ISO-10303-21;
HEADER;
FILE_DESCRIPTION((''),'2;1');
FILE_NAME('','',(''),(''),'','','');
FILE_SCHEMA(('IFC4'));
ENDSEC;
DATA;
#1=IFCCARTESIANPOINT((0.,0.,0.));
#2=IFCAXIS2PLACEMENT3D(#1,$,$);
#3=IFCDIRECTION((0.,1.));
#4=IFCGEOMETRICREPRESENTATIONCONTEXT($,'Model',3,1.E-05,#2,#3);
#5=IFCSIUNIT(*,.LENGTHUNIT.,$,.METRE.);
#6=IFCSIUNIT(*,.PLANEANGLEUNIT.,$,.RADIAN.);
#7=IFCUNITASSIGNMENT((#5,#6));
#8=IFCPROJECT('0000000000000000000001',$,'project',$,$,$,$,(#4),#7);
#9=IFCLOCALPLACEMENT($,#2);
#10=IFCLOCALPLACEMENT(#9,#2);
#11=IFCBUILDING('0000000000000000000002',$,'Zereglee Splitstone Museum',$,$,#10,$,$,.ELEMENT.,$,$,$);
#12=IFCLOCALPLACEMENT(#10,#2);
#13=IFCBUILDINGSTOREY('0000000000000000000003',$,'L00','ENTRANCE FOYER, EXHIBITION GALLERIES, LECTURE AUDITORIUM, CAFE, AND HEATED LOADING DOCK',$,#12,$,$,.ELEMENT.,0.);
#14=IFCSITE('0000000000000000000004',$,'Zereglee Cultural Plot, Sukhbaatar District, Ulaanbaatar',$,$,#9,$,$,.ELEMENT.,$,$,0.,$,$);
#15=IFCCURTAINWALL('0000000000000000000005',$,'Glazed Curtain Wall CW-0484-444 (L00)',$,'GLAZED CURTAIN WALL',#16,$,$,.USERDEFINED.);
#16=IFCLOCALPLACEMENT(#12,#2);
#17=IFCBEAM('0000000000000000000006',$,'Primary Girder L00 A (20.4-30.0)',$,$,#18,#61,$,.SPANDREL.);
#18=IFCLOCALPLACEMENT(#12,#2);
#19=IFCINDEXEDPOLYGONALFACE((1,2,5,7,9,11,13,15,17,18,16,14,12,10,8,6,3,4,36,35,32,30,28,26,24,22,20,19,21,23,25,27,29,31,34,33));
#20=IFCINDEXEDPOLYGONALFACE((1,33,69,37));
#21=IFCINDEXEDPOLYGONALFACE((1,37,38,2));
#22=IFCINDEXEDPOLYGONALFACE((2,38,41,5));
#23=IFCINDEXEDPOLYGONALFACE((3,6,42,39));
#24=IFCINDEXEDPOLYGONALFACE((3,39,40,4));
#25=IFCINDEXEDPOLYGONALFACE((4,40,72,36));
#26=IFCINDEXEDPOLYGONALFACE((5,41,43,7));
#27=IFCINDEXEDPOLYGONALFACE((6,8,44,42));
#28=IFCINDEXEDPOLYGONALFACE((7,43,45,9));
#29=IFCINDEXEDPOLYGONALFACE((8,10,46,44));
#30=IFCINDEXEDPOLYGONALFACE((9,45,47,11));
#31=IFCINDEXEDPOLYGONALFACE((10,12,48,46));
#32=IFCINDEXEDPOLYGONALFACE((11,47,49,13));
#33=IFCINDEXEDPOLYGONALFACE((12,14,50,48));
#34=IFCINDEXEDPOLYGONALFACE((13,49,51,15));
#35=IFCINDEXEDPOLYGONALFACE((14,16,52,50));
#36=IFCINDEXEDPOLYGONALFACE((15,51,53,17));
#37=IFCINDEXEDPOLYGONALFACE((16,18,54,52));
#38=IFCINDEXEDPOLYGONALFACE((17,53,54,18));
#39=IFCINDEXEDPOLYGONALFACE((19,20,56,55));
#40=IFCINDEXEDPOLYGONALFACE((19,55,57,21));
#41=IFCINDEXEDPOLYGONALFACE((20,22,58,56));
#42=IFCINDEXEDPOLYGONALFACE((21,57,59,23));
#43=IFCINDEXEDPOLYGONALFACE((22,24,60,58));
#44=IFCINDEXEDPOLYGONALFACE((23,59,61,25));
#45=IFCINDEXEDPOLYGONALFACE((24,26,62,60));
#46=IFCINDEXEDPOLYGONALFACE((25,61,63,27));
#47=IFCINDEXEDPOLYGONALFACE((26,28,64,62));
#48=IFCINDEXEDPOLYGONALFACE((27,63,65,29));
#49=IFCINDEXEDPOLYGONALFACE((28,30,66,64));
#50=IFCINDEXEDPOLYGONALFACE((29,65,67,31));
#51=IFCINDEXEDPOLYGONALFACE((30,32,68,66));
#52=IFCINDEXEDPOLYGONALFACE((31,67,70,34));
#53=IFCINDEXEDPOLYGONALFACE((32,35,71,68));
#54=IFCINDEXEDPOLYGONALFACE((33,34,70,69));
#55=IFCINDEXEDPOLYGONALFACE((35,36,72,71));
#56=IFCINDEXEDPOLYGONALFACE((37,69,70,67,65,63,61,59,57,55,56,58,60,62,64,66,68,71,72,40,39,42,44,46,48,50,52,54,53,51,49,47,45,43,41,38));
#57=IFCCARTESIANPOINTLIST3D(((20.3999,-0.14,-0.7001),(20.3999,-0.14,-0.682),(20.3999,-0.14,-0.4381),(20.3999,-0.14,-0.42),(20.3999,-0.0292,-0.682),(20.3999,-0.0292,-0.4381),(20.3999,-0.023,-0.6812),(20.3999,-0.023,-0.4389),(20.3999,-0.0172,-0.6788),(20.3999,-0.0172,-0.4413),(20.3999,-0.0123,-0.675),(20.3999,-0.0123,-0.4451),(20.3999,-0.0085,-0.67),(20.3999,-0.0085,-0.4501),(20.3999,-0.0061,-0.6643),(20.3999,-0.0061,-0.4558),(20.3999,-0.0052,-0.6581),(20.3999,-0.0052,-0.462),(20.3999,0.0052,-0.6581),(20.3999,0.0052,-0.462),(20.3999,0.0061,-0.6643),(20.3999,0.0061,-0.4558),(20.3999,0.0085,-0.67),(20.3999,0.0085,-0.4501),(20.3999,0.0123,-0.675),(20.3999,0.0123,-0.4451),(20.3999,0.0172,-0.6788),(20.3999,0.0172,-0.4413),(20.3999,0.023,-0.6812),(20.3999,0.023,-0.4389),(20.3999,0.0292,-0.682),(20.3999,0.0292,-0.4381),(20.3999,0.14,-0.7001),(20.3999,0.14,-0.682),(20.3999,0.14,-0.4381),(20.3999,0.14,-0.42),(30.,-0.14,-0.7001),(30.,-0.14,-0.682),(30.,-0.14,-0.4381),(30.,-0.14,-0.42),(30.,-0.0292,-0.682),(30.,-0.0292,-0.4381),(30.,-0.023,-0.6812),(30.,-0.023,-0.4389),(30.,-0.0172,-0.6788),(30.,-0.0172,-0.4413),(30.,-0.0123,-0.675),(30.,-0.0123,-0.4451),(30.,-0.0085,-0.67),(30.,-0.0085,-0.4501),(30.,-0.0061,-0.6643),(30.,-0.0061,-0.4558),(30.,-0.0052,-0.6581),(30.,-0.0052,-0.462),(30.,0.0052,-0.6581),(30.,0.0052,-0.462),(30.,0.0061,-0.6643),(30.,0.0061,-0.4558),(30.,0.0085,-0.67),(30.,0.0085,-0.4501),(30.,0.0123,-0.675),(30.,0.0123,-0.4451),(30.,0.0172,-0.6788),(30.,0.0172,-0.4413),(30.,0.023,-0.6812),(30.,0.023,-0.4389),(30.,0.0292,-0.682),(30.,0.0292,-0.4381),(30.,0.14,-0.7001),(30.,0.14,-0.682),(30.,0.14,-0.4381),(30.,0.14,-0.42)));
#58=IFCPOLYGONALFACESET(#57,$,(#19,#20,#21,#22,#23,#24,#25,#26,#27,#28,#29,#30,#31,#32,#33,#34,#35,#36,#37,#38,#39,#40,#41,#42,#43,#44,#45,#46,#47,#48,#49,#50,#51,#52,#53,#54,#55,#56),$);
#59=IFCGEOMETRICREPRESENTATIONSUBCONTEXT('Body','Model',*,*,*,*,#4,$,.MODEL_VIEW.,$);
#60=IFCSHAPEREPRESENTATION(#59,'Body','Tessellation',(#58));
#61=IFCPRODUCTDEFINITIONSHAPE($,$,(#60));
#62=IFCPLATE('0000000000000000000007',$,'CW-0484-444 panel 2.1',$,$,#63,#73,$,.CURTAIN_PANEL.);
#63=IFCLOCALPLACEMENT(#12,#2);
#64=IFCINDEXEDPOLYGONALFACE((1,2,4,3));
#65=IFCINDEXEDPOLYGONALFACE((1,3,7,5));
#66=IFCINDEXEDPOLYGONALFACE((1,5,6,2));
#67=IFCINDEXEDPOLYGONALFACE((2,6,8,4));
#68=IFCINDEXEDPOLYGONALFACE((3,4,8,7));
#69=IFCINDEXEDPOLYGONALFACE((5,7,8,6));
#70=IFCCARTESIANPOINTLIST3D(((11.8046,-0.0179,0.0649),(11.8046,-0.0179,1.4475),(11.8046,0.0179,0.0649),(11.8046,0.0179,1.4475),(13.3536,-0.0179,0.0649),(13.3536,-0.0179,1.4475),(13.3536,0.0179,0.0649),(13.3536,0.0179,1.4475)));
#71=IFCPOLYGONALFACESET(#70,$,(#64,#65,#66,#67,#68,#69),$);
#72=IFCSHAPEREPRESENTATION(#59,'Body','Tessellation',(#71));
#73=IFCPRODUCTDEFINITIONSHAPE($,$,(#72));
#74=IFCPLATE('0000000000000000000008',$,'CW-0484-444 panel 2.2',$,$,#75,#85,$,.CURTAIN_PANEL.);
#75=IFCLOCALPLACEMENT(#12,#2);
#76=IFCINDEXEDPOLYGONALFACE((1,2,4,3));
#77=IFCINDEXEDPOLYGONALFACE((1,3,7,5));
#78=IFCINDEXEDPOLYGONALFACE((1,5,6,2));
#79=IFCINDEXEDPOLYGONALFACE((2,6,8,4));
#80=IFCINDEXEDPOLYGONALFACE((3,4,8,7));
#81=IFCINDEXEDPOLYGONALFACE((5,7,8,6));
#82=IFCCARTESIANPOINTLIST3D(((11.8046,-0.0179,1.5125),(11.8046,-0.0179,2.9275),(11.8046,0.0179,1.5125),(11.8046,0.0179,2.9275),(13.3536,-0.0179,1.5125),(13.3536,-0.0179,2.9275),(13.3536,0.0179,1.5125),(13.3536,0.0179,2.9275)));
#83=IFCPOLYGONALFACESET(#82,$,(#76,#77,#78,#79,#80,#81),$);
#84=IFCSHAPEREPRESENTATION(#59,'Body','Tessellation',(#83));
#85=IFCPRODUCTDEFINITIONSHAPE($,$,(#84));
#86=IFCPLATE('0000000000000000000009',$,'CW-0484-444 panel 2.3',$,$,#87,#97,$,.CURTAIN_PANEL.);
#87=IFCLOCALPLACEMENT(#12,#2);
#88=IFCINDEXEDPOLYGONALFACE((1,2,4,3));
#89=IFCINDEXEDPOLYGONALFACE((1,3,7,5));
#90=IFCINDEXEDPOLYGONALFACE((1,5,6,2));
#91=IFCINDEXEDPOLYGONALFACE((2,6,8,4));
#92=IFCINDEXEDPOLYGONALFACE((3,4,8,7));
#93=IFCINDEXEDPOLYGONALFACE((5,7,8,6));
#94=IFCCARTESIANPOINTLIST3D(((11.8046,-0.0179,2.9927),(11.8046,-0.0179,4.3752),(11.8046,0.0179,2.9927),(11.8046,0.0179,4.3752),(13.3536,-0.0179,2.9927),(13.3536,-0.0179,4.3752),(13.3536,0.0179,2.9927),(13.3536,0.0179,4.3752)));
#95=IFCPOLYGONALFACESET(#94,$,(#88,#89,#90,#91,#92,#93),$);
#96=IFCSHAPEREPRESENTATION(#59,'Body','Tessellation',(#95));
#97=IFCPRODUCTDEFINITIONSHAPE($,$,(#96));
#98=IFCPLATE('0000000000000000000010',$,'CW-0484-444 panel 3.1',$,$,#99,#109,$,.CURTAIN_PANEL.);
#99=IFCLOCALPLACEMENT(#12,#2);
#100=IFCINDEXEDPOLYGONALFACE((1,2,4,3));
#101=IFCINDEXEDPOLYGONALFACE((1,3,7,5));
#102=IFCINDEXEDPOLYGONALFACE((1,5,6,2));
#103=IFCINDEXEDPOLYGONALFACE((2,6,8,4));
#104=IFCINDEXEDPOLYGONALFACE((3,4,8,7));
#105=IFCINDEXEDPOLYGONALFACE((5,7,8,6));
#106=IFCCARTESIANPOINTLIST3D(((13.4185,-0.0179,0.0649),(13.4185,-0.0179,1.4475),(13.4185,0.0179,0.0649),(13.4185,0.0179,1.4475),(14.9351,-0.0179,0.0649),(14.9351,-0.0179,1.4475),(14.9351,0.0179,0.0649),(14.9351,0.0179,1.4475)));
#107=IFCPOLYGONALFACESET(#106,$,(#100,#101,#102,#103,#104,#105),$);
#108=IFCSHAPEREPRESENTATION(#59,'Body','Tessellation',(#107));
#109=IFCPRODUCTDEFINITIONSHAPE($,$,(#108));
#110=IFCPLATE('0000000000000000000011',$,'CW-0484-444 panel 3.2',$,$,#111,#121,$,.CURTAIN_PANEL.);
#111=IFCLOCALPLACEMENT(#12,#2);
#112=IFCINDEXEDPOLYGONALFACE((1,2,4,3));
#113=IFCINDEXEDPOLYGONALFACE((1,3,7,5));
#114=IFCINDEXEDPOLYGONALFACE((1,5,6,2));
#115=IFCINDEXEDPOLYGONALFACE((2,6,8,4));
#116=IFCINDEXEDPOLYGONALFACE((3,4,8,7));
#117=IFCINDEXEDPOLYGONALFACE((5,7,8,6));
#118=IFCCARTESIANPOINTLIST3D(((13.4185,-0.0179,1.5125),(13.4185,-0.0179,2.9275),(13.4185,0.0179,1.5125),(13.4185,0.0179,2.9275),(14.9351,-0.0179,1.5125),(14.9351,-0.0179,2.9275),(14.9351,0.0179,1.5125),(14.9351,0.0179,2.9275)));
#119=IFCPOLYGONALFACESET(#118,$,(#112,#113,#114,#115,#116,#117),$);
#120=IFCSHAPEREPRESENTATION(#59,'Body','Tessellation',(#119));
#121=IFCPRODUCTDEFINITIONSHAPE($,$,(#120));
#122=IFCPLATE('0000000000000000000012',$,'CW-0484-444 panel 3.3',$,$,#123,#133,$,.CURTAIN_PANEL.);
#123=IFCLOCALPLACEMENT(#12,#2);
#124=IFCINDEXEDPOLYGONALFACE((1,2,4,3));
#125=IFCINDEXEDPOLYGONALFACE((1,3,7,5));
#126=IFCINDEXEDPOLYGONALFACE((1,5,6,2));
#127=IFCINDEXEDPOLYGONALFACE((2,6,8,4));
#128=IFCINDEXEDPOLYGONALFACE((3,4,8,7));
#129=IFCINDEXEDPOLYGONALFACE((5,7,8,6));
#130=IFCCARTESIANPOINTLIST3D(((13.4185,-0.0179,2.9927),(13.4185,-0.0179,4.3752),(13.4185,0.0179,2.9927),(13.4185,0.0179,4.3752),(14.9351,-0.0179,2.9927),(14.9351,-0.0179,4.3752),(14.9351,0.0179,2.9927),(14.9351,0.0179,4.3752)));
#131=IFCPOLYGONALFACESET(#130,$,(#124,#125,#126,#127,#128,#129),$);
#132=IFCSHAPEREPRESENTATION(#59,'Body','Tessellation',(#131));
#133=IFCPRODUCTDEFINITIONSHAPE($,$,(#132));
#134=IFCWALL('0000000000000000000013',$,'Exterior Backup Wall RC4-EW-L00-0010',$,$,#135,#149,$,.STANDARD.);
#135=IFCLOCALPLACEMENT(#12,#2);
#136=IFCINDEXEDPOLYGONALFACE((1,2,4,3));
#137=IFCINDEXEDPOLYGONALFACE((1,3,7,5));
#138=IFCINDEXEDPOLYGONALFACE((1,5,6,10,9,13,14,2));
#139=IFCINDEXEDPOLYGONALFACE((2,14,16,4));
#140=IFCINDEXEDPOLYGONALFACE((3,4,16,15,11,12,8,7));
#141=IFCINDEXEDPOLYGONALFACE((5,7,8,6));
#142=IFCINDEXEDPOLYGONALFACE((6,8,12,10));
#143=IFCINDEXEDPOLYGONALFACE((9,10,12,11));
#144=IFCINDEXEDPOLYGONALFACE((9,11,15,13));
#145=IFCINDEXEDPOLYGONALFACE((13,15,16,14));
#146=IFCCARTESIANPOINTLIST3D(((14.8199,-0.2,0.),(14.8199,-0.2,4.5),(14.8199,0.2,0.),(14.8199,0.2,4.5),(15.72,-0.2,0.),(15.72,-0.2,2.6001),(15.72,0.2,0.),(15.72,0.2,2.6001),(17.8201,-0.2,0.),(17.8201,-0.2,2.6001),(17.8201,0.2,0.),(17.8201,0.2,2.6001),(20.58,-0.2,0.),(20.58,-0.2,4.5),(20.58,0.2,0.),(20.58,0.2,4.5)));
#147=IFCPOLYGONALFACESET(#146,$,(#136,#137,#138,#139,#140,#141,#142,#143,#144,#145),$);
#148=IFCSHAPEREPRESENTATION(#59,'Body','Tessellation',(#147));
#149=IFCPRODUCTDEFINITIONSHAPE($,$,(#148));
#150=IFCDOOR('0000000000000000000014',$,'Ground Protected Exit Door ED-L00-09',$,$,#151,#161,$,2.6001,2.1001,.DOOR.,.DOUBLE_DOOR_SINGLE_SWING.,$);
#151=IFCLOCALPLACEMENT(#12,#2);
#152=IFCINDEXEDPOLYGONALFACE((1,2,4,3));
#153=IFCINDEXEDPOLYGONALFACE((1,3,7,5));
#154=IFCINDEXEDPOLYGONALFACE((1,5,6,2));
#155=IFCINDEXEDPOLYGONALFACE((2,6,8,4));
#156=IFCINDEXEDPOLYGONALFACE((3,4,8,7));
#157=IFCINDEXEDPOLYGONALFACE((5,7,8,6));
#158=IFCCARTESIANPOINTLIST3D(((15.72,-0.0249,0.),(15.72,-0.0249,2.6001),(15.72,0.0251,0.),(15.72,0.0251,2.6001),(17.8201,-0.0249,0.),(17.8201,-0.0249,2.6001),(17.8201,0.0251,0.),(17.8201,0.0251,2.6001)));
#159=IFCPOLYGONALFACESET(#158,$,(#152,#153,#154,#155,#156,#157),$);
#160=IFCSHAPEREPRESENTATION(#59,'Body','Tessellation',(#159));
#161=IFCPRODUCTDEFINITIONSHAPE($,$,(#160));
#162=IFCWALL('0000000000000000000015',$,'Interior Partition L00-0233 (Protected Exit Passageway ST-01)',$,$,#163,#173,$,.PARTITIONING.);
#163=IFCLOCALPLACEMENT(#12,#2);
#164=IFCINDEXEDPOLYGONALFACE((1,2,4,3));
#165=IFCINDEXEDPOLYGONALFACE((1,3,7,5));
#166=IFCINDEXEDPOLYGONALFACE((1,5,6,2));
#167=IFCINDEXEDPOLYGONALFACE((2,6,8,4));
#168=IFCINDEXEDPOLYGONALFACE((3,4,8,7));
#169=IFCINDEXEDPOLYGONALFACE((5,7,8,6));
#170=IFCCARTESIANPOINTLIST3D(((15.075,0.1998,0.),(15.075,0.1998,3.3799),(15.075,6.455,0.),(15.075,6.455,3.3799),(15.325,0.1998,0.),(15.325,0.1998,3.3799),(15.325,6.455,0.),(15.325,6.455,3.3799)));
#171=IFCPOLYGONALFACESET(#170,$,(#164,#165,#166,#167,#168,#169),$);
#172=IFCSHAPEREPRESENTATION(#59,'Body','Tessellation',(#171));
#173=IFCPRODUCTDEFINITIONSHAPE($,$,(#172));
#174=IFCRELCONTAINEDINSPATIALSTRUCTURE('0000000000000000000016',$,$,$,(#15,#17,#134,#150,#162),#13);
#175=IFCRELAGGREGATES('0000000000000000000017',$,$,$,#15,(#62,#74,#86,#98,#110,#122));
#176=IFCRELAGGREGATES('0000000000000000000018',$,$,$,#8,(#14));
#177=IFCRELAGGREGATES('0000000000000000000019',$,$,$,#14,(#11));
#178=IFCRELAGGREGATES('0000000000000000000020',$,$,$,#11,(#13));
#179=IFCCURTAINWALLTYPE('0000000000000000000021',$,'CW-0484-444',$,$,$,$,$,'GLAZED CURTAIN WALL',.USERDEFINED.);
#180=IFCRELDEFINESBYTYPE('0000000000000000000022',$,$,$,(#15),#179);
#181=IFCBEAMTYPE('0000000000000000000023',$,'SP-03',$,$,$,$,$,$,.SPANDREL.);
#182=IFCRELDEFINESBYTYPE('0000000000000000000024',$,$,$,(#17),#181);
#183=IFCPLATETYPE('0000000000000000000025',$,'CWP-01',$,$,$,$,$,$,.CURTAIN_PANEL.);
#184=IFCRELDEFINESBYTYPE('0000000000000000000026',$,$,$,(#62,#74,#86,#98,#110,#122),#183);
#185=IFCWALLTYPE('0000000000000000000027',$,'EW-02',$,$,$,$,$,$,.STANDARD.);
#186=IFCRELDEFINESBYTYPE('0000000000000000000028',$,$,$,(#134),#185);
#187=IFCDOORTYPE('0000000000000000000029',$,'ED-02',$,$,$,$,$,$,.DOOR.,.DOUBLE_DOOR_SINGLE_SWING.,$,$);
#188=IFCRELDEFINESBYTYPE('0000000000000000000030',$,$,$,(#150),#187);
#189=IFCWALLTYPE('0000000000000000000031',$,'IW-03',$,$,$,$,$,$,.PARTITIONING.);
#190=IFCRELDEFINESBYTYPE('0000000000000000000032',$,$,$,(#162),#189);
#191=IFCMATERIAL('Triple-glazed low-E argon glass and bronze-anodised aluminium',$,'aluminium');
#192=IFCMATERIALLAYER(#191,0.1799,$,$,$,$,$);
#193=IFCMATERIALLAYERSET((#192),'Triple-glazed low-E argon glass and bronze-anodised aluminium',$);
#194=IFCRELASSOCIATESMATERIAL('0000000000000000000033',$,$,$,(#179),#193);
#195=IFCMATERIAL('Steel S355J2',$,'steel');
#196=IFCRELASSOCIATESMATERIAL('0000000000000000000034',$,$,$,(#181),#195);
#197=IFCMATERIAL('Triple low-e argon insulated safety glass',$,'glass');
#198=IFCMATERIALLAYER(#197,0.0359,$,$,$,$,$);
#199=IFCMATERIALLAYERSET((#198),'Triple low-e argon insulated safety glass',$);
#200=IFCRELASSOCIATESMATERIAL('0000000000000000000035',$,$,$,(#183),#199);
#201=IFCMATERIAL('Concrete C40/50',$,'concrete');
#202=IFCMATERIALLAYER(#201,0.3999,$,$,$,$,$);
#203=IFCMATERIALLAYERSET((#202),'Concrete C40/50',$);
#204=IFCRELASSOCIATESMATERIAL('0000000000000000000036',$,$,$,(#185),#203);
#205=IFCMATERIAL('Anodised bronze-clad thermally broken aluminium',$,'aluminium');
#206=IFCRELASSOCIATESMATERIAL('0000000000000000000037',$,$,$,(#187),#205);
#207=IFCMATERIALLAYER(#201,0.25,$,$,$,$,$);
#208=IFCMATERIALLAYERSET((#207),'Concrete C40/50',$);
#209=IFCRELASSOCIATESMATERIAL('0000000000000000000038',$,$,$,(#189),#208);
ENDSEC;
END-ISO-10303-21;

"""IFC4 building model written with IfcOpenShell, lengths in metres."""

from ifc_helpers import new_model, si_unit, direction, frame, frame_2d, origin, origin_2d, place, context, subcontext, project, spatial, rectangle, i_section, extrude, material, layer, layer_set, material_profile, profile_set, type_object, element, fill, aggregate, save


model = new_model("IFC4")

# Units and contexts
model_context = context("Model", 3, precision=1e-05, world=origin(), true_north=direction((0.0, 1.0)))
body_context = subcontext(model_context, "Body", "Model", "MODEL_VIEW")
ifc_project = project(units=[si_unit("LENGTHUNIT", "METRE"), si_unit("PLANEANGLEUNIT", "RADIAN")], contexts=[model_context])

# Site, building, storey
site_placement = place(None, origin())
site = spatial("IfcSite", under=ifc_project, at=site_placement, Name="Zereglee Cultural Plot, Sukhbaatar District, Ulaanbaatar", CompositionType="ELEMENT", RefElevation=0.0)
building_placement = place(site_placement, origin())
building = spatial("IfcBuilding", under=site, at=building_placement, Name="Zereglee Splitstone Museum", CompositionType="ELEMENT")
storey_placement = place(building_placement, origin())
storey = spatial("IfcBuildingStorey", under=building, at=storey_placement, Name="L00", Description="ENTRANCE FOYER, EXHIBITION GALLERIES, LECTURE AUDITORIUM, CAFE, AND HEATED LOADING DOCK", CompositionType="ELEMENT", Elevation=0.0)

# Curtain wall
ifc_material_1 = material(Name="Triple-glazed low-E argon glass and bronze-anodised aluminium", Category="aluminium")
ifc_layer_1 = layer(ifc_material_1, 0.1799)
ifc_layer_set_1 = layer_set([ifc_layer_1], Name="Triple-glazed low-E argon glass and bronze-anodised aluminium")
curtain_wall_type = type_object("IfcCurtainWallType", Name="CW-0484-444", ElementType="GLAZED CURTAIN WALL", PredefinedType="USERDEFINED", material=ifc_layer_set_1)
curtain_wall_placement = place(storey_placement, origin())
curtain_wall = element("IfcCurtainWall", 1, at=curtain_wall_placement, inside=storey, type_object=curtain_wall_type, Name="Glazed Curtain Wall CW-0484-444 (L00)", ObjectType="GLAZED CURTAIN WALL", PredefinedType="USERDEFINED")

# Beam
ifc_material_2 = material(Name="Steel S355J2", Category="steel")
ifc_material_profile_1 = material_profile(ifc_material_2, i_section(OverallWidth=0.28, OverallDepth=0.28, WebThickness=0.0105, FlangeThickness=0.0181, FilletRadius=0.0239, at=origin_2d()), Name="HE 280 B")
ifc_profile_set_1 = profile_set([ifc_material_profile_1], Name="Steel S355J2")
beam_type_1 = type_object("IfcBeamType", Name="SP-03", PredefinedType="SPANDREL", material=ifc_profile_set_1)
beam_1_placement = place(storey_placement, frame((20.3999, 0.0, -0.5601), z_axis=(1.0, 0.0, 0.0), x_axis=(0.0, 1.0, 0.0)))
element("IfcBeam", 2, at=beam_1_placement, inside=storey, type_object=beam_type_1, Name="Primary Girder L00 A (20.4-30.0)", PredefinedType="SPANDREL", context=body_context, shape_type="SweptSolid", body=[
    extrude(i_section(OverallWidth=0.28, OverallDepth=0.28, WebThickness=0.0105, FlangeThickness=0.0181, FilletRadius=0.0239, at=origin_2d()), origin(), (0.0, 0.0, 1.0), 9.6001),
])

# Plates
ifc_material_3 = material(Name="Triple low-e argon insulated safety glass", Category="glass")
ifc_layer_2 = layer(ifc_material_3, 0.0359)
ifc_layer_set_2 = layer_set([ifc_layer_2], Name="Triple low-e argon insulated safety glass")
plate_type = type_object("IfcPlateType", Name="CWP-01", PredefinedType="CURTAIN_PANEL", material=ifc_layer_set_2)
plate_1_placement = place(storey_placement, frame((12.5791, 0.0, 0.0649), z_axis=(0.0, 0.0, 1.0), x_axis=(1.0, 0.0, 0.0)))
plate_1 = element("IfcPlate", 3, at=plate_1_placement, type_object=plate_type, Name="CW-0484-444 panel 2.1", PredefinedType="CURTAIN_PANEL", context=body_context, shape_type="SweptSolid", body=[
    extrude(rectangle(XDim=1.5491, YDim=0.0359, at=origin_2d()), origin(), (0.0, 0.0, 1.0), 1.3826),
])
plate_2_placement = place(storey_placement, frame((12.5791, 0.0, 1.5125), z_axis=(0.0, 0.0, 1.0), x_axis=(1.0, 0.0, 0.0)))
plate_2 = element("IfcPlate", 4, at=plate_2_placement, type_object=plate_type, Name="CW-0484-444 panel 2.2", PredefinedType="CURTAIN_PANEL", context=body_context, shape_type="SweptSolid", body=[
    extrude(rectangle(XDim=1.5491, YDim=0.0359, at=origin_2d()), origin(), (0.0, 0.0, 1.0), 1.415),
])
plate_3_placement = place(storey_placement, frame((12.5791, 0.0, 2.9927), z_axis=(0.0, 0.0, 1.0), x_axis=(1.0, 0.0, 0.0)))
plate_3 = element("IfcPlate", 5, at=plate_3_placement, type_object=plate_type, Name="CW-0484-444 panel 2.3", PredefinedType="CURTAIN_PANEL", context=body_context, shape_type="SweptSolid", body=[
    extrude(rectangle(XDim=1.5491, YDim=0.0359, at=origin_2d()), origin(), (0.0, 0.0, 1.0), 1.3826),
])
plate_4_placement = place(storey_placement, frame((14.1768, 0.0, 0.0649), z_axis=(0.0, 0.0, 1.0), x_axis=(1.0, 0.0, 0.0)))
plate_4 = element("IfcPlate", 6, at=plate_4_placement, type_object=plate_type, Name="CW-0484-444 panel 3.1", PredefinedType="CURTAIN_PANEL", context=body_context, shape_type="SweptSolid", body=[
    extrude(rectangle(XDim=1.5166, YDim=0.0359, at=origin_2d()), origin(), (0.0, 0.0, 1.0), 1.3826),
])
plate_5_placement = place(storey_placement, frame((14.1768, 0.0, 1.5125), z_axis=(0.0, 0.0, 1.0), x_axis=(1.0, 0.0, 0.0)))
plate_5 = element("IfcPlate", 7, at=plate_5_placement, type_object=plate_type, Name="CW-0484-444 panel 3.2", PredefinedType="CURTAIN_PANEL", context=body_context, shape_type="SweptSolid", body=[
    extrude(rectangle(XDim=1.5166, YDim=0.0359, at=origin_2d()), origin(), (0.0, 0.0, 1.0), 1.415),
])
plate_6_placement = place(storey_placement, frame((14.1768, 0.0, 2.9927), z_axis=(0.0, 0.0, 1.0), x_axis=(1.0, 0.0, 0.0)))
plate_6 = element("IfcPlate", 8, at=plate_6_placement, type_object=plate_type, Name="CW-0484-444 panel 3.3", PredefinedType="CURTAIN_PANEL", context=body_context, shape_type="SweptSolid", body=[
    extrude(rectangle(XDim=1.5166, YDim=0.0359, at=origin_2d()), origin(), (0.0, 0.0, 1.0), 1.3826),
])
aggregate(curtain_wall, [plate_1, plate_2, plate_3, plate_4, plate_5, plate_6])

# Wall, opening, door
ifc_material_4 = material(Name="Concrete C40/50", Category="concrete")
ifc_layer_3 = layer(ifc_material_4, 0.3999)
ifc_layer_set_3 = layer_set([ifc_layer_3], Name="Concrete C40/50")
wall_type_1 = type_object("IfcWallType", Name="EW-02", PredefinedType="STANDARD", material=ifc_layer_set_3)
wall_1_placement = place(storey_placement, frame((14.8201, 0.0, 0.0), z_axis=(0.0, 0.0, 1.0), x_axis=(1.0, 0.0, 0.0)))
wall_1 = element("IfcWall", 9, at=wall_1_placement, inside=storey, type_object=wall_type_1, Name="Exterior Backup Wall RC4-EW-L00-0010", PredefinedType="STANDARD", context=body_context, shape_type="SweptSolid", body=[
    extrude(rectangle(XDim=5.76, YDim=0.3999, at=frame_2d((2.8799, 0.0))), origin(), (0.0, 0.0, 1.0), 4.5),
])
opening_1_placement = place(wall_1_placement, frame((0.8999, 0.0, 0.0)))
opening_1 = element("IfcOpeningElement", 10, at=opening_1_placement, cuts=wall_1, PredefinedType="OPENING", context=body_context, shape_type="SweptSolid", body=[
    extrude(rectangle(XDim=2.1001, YDim=2.6001, at=frame_2d((1.05, 1.3))), frame((0.0, 0.2148, 0.0), z_axis=(0.0, -1.0, 0.0), x_axis=(1.0, 0.0, 0.0)), (0.0, 0.0, 1.0), 0.4297),
])
ifc_material_5 = material(Name="Anodised bronze-clad thermally broken aluminium", Category="aluminium")
door_type_1 = type_object("IfcDoorType", Name="ED-02", OperationType="DOUBLE_DOOR_SINGLE_SWING", PredefinedType="DOOR", material=ifc_material_5)
door_1_placement = place(opening_1_placement, frame((2.1001, 0.0, 0.0), z_axis=(0.0, 0.0, 1.0), x_axis=(-1.0, 0.0, 0.0)))
door_1 = element("IfcDoor", 11, at=door_1_placement, inside=storey, type_object=door_type_1, Name="Ground Protected Exit Door ED-L00-09", OperationType="DOUBLE_DOOR_SINGLE_SWING", OverallHeight=2.6001, OverallWidth=2.1001, PredefinedType="DOOR", context=body_context, shape_type="SweptSolid", body=[
    extrude(rectangle(XDim=2.1001, YDim=2.6001, at=frame_2d((1.05, 1.3))), frame((0.0, 0.0249, 0.0), z_axis=(0.0, -1.0, 0.0), x_axis=(1.0, 0.0, 0.0)), (0.0, 0.0, 1.0), 0.05),
])
fill(opening_1, door_1)
ifc_layer_4 = layer(ifc_material_4, 0.25)
ifc_layer_set_4 = layer_set([ifc_layer_4], Name="Concrete C40/50")
wall_type_2 = type_object("IfcWallType", Name="IW-03", PredefinedType="PARTITIONING", material=ifc_layer_set_4)

# Wall
wall_2_placement = place(storey_placement, frame((15.2, 0.2, 0.0), z_axis=(0.0, 0.0, 1.0), x_axis=(0.0, 1.0, 0.0)))
element("IfcWall", 12, at=wall_2_placement, inside=storey, type_object=wall_type_2, Name="Interior Partition L00-0233 (Protected Exit Passageway ST-01)", PredefinedType="PARTITIONING", context=body_context, shape_type="SweptSolid", body=[
    extrude(rectangle(XDim=6.2551, YDim=0.25, at=frame_2d((3.1274, 0.0))), origin(), (0.0, 0.0, 1.0), 3.3799),
])

save(model, "model.ifc")
